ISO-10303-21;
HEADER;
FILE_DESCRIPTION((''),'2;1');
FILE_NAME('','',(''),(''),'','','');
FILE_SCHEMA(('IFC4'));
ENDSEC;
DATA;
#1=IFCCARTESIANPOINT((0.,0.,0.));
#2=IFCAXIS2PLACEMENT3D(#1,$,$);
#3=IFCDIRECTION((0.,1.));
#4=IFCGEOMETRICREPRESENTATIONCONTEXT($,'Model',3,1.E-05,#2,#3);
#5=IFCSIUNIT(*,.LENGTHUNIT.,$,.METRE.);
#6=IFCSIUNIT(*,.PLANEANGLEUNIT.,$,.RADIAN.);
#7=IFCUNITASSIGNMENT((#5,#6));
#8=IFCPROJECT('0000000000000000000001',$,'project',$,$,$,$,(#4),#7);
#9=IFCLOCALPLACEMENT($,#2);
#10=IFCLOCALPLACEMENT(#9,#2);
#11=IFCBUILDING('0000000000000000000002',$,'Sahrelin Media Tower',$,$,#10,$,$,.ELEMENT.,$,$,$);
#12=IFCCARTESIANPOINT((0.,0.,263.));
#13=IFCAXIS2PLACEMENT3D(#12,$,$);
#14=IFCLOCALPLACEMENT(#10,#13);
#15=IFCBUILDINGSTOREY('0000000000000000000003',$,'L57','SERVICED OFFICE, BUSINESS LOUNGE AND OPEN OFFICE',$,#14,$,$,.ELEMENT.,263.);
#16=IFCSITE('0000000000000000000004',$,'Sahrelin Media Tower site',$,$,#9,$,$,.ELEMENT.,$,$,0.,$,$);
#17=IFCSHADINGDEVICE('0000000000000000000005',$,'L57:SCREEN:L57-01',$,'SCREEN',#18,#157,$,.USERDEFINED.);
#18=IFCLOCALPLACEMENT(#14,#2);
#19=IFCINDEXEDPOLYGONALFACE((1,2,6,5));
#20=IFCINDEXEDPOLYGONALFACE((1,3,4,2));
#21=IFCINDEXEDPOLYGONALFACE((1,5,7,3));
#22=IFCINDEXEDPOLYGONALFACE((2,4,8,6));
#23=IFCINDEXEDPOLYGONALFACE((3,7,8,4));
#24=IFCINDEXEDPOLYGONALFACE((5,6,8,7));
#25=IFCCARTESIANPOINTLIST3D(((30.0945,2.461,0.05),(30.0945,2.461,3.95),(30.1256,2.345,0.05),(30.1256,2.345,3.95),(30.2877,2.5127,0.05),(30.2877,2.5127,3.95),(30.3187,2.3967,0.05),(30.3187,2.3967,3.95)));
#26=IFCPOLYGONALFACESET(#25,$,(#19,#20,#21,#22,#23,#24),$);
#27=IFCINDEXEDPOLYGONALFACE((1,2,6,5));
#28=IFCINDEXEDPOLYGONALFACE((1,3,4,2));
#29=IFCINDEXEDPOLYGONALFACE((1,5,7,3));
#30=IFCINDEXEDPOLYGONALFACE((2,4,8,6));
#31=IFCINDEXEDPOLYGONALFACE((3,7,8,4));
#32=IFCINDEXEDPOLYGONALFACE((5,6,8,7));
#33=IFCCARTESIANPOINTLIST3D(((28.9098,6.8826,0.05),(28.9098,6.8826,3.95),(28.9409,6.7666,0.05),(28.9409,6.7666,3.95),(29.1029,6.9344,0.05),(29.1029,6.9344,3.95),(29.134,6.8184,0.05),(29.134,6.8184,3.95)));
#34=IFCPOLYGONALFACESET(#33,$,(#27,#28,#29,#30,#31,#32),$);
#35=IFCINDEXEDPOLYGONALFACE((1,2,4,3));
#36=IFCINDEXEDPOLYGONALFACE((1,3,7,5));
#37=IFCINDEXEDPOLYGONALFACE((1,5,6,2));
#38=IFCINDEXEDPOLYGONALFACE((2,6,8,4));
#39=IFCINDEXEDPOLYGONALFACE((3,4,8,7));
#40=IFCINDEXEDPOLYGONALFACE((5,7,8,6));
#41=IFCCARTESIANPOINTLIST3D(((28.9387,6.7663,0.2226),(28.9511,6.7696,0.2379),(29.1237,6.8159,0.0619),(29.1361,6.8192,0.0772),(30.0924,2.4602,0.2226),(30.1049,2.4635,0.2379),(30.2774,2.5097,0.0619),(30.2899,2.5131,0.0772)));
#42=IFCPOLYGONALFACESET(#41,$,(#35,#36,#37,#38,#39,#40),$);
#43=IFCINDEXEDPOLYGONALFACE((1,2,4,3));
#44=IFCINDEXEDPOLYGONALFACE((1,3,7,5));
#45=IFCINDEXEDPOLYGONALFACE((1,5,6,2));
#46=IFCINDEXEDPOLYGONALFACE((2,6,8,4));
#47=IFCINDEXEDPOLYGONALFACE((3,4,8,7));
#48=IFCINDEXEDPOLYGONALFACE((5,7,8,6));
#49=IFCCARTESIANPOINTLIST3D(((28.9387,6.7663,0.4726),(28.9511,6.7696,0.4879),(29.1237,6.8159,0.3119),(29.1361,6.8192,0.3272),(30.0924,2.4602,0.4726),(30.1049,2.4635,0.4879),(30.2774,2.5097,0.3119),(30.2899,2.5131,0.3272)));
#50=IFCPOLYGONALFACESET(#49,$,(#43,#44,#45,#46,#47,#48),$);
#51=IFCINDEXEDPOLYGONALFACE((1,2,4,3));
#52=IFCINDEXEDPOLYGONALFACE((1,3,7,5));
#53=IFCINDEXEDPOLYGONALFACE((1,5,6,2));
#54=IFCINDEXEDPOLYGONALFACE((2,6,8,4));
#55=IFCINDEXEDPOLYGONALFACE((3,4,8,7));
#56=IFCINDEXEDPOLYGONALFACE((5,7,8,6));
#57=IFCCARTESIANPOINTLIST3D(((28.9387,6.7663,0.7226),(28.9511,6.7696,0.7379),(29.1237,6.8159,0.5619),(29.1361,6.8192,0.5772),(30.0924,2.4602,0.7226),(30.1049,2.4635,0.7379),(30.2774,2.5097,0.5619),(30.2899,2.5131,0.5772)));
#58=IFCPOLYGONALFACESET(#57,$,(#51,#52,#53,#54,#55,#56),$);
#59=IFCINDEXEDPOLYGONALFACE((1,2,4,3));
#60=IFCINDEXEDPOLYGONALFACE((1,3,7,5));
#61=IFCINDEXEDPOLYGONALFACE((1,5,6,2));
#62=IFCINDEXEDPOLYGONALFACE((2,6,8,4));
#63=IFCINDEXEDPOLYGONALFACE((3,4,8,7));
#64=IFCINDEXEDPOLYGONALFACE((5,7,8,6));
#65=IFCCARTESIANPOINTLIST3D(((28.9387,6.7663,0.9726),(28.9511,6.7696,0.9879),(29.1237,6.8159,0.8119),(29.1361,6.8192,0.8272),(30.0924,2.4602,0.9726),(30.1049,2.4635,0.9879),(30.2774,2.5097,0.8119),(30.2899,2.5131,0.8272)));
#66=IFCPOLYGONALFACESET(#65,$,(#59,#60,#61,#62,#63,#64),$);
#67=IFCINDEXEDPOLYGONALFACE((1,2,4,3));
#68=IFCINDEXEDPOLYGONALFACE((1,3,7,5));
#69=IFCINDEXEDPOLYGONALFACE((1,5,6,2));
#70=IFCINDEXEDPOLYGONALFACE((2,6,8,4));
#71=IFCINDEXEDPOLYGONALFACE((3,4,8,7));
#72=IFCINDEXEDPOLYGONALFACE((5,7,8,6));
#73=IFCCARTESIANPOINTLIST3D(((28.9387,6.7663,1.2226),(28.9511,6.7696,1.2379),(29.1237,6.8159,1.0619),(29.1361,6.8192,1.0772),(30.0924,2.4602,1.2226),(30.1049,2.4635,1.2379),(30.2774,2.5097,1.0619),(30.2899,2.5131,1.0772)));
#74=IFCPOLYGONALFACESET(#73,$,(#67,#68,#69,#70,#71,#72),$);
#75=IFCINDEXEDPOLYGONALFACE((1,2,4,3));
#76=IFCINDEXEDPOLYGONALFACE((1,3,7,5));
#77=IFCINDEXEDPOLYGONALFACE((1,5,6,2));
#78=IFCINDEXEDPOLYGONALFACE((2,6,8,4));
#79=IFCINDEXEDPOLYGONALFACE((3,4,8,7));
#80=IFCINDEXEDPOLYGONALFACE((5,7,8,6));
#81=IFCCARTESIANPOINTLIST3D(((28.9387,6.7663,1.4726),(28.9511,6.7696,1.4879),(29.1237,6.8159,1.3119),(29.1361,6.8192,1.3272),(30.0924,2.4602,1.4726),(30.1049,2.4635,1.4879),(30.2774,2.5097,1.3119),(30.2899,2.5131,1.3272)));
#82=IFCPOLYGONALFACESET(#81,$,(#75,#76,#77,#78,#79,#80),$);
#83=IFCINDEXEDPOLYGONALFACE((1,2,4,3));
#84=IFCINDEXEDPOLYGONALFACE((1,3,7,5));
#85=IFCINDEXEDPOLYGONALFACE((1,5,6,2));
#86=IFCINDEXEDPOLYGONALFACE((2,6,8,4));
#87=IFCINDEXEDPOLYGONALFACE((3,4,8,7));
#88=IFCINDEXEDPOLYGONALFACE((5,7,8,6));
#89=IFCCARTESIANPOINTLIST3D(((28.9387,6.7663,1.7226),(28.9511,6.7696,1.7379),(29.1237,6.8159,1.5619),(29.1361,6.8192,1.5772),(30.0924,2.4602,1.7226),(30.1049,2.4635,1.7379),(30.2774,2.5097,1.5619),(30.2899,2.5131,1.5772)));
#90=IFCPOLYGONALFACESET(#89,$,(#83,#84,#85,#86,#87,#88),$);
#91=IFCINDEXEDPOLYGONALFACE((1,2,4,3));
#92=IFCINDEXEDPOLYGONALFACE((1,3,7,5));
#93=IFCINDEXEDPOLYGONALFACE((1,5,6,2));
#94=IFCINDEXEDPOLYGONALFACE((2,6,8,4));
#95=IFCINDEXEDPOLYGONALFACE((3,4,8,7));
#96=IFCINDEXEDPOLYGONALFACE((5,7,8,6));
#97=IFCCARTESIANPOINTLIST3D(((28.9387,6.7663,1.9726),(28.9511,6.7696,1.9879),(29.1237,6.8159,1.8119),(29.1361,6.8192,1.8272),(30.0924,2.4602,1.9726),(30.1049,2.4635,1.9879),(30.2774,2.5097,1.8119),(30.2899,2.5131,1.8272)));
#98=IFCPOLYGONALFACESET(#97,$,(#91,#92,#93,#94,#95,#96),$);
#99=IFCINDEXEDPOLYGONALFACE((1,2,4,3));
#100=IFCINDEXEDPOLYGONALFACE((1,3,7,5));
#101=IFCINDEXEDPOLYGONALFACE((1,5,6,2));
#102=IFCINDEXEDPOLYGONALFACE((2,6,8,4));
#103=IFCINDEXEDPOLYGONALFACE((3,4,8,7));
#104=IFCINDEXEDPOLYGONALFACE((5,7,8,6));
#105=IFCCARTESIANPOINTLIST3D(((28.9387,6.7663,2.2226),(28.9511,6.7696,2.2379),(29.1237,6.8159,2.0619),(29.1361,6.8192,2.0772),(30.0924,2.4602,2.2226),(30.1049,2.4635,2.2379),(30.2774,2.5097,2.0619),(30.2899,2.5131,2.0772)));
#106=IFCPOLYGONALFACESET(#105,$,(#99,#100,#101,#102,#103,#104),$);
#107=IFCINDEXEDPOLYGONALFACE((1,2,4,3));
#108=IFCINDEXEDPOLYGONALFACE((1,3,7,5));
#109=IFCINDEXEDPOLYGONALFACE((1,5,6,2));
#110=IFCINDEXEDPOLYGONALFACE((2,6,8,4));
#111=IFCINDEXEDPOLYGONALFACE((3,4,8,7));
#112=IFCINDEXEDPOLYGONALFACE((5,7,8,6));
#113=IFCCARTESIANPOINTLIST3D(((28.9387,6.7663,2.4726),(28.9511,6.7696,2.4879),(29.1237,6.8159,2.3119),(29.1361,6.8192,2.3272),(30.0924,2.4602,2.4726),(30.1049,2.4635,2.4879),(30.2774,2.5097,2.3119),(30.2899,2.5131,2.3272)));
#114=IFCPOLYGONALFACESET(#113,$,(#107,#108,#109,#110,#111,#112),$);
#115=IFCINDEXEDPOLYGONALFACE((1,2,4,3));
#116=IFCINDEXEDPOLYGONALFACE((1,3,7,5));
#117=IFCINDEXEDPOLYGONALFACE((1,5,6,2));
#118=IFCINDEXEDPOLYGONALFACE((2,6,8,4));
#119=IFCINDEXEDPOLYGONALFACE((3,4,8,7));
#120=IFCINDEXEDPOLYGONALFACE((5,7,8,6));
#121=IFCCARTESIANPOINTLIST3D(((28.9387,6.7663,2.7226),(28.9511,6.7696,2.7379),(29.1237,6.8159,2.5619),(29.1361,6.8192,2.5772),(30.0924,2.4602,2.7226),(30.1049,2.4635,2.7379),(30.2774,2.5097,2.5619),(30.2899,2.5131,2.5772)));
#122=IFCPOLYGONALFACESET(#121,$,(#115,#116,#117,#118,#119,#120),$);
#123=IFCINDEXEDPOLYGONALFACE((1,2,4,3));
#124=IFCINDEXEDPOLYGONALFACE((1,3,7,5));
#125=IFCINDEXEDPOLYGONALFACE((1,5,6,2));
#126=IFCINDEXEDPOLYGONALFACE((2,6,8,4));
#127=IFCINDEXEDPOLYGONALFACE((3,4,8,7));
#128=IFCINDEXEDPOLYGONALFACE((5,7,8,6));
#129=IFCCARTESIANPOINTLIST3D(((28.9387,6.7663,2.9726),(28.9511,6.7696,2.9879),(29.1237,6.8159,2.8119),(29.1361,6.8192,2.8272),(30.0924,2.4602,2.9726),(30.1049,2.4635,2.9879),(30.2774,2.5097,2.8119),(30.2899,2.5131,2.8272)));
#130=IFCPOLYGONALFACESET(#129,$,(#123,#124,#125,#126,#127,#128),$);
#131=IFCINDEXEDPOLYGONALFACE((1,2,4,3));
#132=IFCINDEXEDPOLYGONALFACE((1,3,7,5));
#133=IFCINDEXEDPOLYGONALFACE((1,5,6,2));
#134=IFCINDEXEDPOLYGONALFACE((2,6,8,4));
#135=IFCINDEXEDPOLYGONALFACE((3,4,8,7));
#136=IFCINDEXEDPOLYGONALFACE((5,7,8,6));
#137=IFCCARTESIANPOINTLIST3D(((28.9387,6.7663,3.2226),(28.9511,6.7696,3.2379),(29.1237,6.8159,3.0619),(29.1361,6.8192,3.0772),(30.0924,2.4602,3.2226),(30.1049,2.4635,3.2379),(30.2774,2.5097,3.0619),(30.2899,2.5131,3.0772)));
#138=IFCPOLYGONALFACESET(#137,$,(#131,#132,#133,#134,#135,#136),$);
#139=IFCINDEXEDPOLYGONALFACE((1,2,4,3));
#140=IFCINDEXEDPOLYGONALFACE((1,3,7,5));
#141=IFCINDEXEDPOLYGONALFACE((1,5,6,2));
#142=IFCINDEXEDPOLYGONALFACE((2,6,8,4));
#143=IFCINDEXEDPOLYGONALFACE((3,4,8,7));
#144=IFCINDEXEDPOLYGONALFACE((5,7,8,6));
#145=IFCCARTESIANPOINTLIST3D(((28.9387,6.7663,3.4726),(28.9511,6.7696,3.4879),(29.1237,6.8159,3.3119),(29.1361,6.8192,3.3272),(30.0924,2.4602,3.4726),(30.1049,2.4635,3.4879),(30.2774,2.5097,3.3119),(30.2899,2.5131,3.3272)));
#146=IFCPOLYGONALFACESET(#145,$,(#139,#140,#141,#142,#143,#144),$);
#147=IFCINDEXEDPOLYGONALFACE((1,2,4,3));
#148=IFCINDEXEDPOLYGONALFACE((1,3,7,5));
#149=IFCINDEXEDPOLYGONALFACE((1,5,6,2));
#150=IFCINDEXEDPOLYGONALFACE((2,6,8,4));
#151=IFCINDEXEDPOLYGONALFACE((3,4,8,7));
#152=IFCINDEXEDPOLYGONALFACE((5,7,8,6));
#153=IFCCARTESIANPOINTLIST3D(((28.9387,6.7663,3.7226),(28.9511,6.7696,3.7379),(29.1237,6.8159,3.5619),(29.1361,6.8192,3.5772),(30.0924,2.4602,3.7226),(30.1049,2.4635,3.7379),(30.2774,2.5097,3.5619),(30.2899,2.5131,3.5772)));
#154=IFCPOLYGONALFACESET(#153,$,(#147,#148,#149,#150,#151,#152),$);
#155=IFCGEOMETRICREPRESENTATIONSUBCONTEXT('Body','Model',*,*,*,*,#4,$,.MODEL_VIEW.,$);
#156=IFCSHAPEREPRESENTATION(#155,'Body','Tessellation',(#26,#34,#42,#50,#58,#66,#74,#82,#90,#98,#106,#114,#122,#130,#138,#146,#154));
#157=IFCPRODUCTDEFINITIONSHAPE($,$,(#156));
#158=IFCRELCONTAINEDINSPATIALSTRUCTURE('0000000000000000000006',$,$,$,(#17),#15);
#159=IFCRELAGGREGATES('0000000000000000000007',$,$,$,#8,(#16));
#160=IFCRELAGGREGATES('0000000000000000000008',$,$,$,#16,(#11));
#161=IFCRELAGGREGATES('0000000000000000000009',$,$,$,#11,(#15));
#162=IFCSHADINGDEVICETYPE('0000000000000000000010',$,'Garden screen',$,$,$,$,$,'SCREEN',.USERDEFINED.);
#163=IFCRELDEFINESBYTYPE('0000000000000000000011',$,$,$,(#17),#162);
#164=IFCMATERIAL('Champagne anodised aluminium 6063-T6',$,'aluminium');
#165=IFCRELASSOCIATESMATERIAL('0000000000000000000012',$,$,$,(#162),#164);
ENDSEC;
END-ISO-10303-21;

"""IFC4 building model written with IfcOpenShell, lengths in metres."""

from ifc_helpers import new_model, si_unit, direction, frame, origin, origin_2d, place, context, subcontext, project, spatial, rectangle, extrude, material, type_object, element, save


model = new_model("IFC4")

# Units and contexts
model_context = context("Model", 3, precision=1e-05, world=origin(), true_north=direction((0.0, 1.0)))
body_context = subcontext(model_context, "Body", "Model", "MODEL_VIEW")
ifc_project = project(units=[si_unit("LENGTHUNIT", "METRE"), si_unit("PLANEANGLEUNIT", "RADIAN")], contexts=[model_context])

# Site, building, storey
site_placement = place(None, origin())
site = spatial("IfcSite", under=ifc_project, at=site_placement, Name="Sahrelin Media Tower site", CompositionType="ELEMENT", RefElevation=0.0)
building_placement = place(site_placement, origin())
building = spatial("IfcBuilding", under=site, at=building_placement, Name="Sahrelin Media Tower", CompositionType="ELEMENT")
storey_placement = place(building_placement, frame((0.0, 0.0, 263.0)))
storey = spatial("IfcBuildingStorey", under=building, at=storey_placement, Name="L57", Description="SERVICED OFFICE, BUSINESS LOUNGE AND OPEN OFFICE", CompositionType="ELEMENT", Elevation=263.0)

# Shared definitions
ifc_material_1 = material(Name="Champagne anodised aluminium 6063-T6", Category="aluminium")

# Shading device
shading_device_type_1 = type_object("IfcShadingDeviceType", Name="Garden screen", ElementType="SCREEN", PredefinedType="USERDEFINED", material=ifc_material_1)
shading_device_1_placement = place(storey_placement, frame((29.5176, 4.6138, 0.0), z_axis=(0.0, 0.0, 1.0), x_axis=(0.258808, -0.965929, 0.0)))
element("IfcShadingDevice", 1, at=shading_device_1_placement, inside=storey, type_object=shading_device_type_1, Name="L57:SCREEN:L57-01", ObjectType="SCREEN", PredefinedType="USERDEFINED", context=body_context, shape_type="SweptSolid", body=[
    extrude(rectangle(XDim=0.1201, YDim=0.2, at=origin_2d()), frame((2.2888, 0.1001, 0.05), z_axis=(0.0, 0.0, 1.0), x_axis=(1.0, 0.0, 0.0)), (0.0, 0.0, 1.0), 3.8999),
    extrude(rectangle(XDim=0.1201, YDim=0.2, at=origin_2d()), frame((-2.2888, 0.1001, 0.05), z_axis=(0.0, 0.0, 1.0), x_axis=(1.0, 0.0, 0.0)), (0.0, 0.0, 1.0), 3.8999),
    extrude(rectangle(XDim=0.25, YDim=0.02, at=origin_2d()), frame((2.229, 0.1001, 0.1499), z_axis=(-1.0, 0.0, 0.0), x_axis=(0.0, -0.766044, 0.642788)), (0.0, 0.0, 1.0), 4.458),
    extrude(rectangle(XDim=0.25, YDim=0.02, at=origin_2d()), frame((2.229, 0.1001, 0.3999), z_axis=(-1.0, 0.0, 0.0), x_axis=(0.0, -0.766044, 0.642788)), (0.0, 0.0, 1.0), 4.458),
    extrude(rectangle(XDim=0.25, YDim=0.02, at=origin_2d()), frame((2.229, 0.1001, 0.6499), z_axis=(-1.0, 0.0, 0.0), x_axis=(0.0, -0.766044, 0.642788)), (0.0, 0.0, 1.0), 4.458),
    extrude(rectangle(XDim=0.25, YDim=0.02, at=origin_2d()), frame((2.229, 0.1001, 0.8999), z_axis=(-1.0, 0.0, 0.0), x_axis=(0.0, -0.766044, 0.642788)), (0.0, 0.0, 1.0), 4.458),
    extrude(rectangle(XDim=0.25, YDim=0.02, at=origin_2d()), frame((2.229, 0.1001, 1.1499), z_axis=(-1.0, 0.0, 0.0), x_axis=(0.0, -0.766044, 0.642788)), (0.0, 0.0, 1.0), 4.458),
    extrude(rectangle(XDim=0.25, YDim=0.02, at=origin_2d()), frame((2.229, 0.1001, 1.3999), z_axis=(-1.0, 0.0, 0.0), x_axis=(0.0, -0.766044, 0.642788)), (0.0, 0.0, 1.0), 4.458),
    extrude(rectangle(XDim=0.25, YDim=0.02, at=origin_2d()), frame((2.229, 0.1001, 1.6499), z_axis=(-1.0, 0.0, 0.0), x_axis=(0.0, -0.766044, 0.642788)), (0.0, 0.0, 1.0), 4.458),
    extrude(rectangle(XDim=0.25, YDim=0.02, at=origin_2d()), frame((2.229, 0.1001, 1.8999), z_axis=(-1.0, 0.0, 0.0), x_axis=(0.0, -0.766044, 0.642788)), (0.0, 0.0, 1.0), 4.458),
    extrude(rectangle(XDim=0.25, YDim=0.02, at=origin_2d()), frame((2.229, 0.1001, 2.1499), z_axis=(-1.0, 0.0, 0.0), x_axis=(0.0, -0.766044, 0.642788)), (0.0, 0.0, 1.0), 4.458),
    extrude(rectangle(XDim=0.25, YDim=0.02, at=origin_2d()), frame((2.229, 0.1001, 2.3999), z_axis=(-1.0, 0.0, 0.0), x_axis=(0.0, -0.766044, 0.642788)), (0.0, 0.0, 1.0), 4.458),
    extrude(rectangle(XDim=0.25, YDim=0.02, at=origin_2d()), frame((2.229, 0.1001, 2.6499), z_axis=(-1.0, 0.0, 0.0), x_axis=(0.0, -0.766044, 0.642788)), (0.0, 0.0, 1.0), 4.458),
    extrude(rectangle(XDim=0.25, YDim=0.02, at=origin_2d()), frame((2.229, 0.1001, 2.8999), z_axis=(-1.0, 0.0, 0.0), x_axis=(0.0, -0.766044, 0.642788)), (0.0, 0.0, 1.0), 4.458),
    extrude(rectangle(XDim=0.25, YDim=0.02, at=origin_2d()), frame((2.229, 0.1001, 3.1499), z_axis=(-1.0, 0.0, 0.0), x_axis=(0.0, -0.766044, 0.642788)), (0.0, 0.0, 1.0), 4.458),
    extrude(rectangle(XDim=0.25, YDim=0.02, at=origin_2d()), frame((2.229, 0.1001, 3.3999), z_axis=(-1.0, 0.0, 0.0), x_axis=(0.0, -0.766044, 0.642788)), (0.0, 0.0, 1.0), 4.458),
    extrude(rectangle(XDim=0.25, YDim=0.02, at=origin_2d()), frame((2.229, 0.1001, 3.6499), z_axis=(-1.0, 0.0, 0.0), x_axis=(0.0, -0.766044, 0.642788)), (0.0, 0.0, 1.0), 4.458),
])

save(model, "model.ifc")
